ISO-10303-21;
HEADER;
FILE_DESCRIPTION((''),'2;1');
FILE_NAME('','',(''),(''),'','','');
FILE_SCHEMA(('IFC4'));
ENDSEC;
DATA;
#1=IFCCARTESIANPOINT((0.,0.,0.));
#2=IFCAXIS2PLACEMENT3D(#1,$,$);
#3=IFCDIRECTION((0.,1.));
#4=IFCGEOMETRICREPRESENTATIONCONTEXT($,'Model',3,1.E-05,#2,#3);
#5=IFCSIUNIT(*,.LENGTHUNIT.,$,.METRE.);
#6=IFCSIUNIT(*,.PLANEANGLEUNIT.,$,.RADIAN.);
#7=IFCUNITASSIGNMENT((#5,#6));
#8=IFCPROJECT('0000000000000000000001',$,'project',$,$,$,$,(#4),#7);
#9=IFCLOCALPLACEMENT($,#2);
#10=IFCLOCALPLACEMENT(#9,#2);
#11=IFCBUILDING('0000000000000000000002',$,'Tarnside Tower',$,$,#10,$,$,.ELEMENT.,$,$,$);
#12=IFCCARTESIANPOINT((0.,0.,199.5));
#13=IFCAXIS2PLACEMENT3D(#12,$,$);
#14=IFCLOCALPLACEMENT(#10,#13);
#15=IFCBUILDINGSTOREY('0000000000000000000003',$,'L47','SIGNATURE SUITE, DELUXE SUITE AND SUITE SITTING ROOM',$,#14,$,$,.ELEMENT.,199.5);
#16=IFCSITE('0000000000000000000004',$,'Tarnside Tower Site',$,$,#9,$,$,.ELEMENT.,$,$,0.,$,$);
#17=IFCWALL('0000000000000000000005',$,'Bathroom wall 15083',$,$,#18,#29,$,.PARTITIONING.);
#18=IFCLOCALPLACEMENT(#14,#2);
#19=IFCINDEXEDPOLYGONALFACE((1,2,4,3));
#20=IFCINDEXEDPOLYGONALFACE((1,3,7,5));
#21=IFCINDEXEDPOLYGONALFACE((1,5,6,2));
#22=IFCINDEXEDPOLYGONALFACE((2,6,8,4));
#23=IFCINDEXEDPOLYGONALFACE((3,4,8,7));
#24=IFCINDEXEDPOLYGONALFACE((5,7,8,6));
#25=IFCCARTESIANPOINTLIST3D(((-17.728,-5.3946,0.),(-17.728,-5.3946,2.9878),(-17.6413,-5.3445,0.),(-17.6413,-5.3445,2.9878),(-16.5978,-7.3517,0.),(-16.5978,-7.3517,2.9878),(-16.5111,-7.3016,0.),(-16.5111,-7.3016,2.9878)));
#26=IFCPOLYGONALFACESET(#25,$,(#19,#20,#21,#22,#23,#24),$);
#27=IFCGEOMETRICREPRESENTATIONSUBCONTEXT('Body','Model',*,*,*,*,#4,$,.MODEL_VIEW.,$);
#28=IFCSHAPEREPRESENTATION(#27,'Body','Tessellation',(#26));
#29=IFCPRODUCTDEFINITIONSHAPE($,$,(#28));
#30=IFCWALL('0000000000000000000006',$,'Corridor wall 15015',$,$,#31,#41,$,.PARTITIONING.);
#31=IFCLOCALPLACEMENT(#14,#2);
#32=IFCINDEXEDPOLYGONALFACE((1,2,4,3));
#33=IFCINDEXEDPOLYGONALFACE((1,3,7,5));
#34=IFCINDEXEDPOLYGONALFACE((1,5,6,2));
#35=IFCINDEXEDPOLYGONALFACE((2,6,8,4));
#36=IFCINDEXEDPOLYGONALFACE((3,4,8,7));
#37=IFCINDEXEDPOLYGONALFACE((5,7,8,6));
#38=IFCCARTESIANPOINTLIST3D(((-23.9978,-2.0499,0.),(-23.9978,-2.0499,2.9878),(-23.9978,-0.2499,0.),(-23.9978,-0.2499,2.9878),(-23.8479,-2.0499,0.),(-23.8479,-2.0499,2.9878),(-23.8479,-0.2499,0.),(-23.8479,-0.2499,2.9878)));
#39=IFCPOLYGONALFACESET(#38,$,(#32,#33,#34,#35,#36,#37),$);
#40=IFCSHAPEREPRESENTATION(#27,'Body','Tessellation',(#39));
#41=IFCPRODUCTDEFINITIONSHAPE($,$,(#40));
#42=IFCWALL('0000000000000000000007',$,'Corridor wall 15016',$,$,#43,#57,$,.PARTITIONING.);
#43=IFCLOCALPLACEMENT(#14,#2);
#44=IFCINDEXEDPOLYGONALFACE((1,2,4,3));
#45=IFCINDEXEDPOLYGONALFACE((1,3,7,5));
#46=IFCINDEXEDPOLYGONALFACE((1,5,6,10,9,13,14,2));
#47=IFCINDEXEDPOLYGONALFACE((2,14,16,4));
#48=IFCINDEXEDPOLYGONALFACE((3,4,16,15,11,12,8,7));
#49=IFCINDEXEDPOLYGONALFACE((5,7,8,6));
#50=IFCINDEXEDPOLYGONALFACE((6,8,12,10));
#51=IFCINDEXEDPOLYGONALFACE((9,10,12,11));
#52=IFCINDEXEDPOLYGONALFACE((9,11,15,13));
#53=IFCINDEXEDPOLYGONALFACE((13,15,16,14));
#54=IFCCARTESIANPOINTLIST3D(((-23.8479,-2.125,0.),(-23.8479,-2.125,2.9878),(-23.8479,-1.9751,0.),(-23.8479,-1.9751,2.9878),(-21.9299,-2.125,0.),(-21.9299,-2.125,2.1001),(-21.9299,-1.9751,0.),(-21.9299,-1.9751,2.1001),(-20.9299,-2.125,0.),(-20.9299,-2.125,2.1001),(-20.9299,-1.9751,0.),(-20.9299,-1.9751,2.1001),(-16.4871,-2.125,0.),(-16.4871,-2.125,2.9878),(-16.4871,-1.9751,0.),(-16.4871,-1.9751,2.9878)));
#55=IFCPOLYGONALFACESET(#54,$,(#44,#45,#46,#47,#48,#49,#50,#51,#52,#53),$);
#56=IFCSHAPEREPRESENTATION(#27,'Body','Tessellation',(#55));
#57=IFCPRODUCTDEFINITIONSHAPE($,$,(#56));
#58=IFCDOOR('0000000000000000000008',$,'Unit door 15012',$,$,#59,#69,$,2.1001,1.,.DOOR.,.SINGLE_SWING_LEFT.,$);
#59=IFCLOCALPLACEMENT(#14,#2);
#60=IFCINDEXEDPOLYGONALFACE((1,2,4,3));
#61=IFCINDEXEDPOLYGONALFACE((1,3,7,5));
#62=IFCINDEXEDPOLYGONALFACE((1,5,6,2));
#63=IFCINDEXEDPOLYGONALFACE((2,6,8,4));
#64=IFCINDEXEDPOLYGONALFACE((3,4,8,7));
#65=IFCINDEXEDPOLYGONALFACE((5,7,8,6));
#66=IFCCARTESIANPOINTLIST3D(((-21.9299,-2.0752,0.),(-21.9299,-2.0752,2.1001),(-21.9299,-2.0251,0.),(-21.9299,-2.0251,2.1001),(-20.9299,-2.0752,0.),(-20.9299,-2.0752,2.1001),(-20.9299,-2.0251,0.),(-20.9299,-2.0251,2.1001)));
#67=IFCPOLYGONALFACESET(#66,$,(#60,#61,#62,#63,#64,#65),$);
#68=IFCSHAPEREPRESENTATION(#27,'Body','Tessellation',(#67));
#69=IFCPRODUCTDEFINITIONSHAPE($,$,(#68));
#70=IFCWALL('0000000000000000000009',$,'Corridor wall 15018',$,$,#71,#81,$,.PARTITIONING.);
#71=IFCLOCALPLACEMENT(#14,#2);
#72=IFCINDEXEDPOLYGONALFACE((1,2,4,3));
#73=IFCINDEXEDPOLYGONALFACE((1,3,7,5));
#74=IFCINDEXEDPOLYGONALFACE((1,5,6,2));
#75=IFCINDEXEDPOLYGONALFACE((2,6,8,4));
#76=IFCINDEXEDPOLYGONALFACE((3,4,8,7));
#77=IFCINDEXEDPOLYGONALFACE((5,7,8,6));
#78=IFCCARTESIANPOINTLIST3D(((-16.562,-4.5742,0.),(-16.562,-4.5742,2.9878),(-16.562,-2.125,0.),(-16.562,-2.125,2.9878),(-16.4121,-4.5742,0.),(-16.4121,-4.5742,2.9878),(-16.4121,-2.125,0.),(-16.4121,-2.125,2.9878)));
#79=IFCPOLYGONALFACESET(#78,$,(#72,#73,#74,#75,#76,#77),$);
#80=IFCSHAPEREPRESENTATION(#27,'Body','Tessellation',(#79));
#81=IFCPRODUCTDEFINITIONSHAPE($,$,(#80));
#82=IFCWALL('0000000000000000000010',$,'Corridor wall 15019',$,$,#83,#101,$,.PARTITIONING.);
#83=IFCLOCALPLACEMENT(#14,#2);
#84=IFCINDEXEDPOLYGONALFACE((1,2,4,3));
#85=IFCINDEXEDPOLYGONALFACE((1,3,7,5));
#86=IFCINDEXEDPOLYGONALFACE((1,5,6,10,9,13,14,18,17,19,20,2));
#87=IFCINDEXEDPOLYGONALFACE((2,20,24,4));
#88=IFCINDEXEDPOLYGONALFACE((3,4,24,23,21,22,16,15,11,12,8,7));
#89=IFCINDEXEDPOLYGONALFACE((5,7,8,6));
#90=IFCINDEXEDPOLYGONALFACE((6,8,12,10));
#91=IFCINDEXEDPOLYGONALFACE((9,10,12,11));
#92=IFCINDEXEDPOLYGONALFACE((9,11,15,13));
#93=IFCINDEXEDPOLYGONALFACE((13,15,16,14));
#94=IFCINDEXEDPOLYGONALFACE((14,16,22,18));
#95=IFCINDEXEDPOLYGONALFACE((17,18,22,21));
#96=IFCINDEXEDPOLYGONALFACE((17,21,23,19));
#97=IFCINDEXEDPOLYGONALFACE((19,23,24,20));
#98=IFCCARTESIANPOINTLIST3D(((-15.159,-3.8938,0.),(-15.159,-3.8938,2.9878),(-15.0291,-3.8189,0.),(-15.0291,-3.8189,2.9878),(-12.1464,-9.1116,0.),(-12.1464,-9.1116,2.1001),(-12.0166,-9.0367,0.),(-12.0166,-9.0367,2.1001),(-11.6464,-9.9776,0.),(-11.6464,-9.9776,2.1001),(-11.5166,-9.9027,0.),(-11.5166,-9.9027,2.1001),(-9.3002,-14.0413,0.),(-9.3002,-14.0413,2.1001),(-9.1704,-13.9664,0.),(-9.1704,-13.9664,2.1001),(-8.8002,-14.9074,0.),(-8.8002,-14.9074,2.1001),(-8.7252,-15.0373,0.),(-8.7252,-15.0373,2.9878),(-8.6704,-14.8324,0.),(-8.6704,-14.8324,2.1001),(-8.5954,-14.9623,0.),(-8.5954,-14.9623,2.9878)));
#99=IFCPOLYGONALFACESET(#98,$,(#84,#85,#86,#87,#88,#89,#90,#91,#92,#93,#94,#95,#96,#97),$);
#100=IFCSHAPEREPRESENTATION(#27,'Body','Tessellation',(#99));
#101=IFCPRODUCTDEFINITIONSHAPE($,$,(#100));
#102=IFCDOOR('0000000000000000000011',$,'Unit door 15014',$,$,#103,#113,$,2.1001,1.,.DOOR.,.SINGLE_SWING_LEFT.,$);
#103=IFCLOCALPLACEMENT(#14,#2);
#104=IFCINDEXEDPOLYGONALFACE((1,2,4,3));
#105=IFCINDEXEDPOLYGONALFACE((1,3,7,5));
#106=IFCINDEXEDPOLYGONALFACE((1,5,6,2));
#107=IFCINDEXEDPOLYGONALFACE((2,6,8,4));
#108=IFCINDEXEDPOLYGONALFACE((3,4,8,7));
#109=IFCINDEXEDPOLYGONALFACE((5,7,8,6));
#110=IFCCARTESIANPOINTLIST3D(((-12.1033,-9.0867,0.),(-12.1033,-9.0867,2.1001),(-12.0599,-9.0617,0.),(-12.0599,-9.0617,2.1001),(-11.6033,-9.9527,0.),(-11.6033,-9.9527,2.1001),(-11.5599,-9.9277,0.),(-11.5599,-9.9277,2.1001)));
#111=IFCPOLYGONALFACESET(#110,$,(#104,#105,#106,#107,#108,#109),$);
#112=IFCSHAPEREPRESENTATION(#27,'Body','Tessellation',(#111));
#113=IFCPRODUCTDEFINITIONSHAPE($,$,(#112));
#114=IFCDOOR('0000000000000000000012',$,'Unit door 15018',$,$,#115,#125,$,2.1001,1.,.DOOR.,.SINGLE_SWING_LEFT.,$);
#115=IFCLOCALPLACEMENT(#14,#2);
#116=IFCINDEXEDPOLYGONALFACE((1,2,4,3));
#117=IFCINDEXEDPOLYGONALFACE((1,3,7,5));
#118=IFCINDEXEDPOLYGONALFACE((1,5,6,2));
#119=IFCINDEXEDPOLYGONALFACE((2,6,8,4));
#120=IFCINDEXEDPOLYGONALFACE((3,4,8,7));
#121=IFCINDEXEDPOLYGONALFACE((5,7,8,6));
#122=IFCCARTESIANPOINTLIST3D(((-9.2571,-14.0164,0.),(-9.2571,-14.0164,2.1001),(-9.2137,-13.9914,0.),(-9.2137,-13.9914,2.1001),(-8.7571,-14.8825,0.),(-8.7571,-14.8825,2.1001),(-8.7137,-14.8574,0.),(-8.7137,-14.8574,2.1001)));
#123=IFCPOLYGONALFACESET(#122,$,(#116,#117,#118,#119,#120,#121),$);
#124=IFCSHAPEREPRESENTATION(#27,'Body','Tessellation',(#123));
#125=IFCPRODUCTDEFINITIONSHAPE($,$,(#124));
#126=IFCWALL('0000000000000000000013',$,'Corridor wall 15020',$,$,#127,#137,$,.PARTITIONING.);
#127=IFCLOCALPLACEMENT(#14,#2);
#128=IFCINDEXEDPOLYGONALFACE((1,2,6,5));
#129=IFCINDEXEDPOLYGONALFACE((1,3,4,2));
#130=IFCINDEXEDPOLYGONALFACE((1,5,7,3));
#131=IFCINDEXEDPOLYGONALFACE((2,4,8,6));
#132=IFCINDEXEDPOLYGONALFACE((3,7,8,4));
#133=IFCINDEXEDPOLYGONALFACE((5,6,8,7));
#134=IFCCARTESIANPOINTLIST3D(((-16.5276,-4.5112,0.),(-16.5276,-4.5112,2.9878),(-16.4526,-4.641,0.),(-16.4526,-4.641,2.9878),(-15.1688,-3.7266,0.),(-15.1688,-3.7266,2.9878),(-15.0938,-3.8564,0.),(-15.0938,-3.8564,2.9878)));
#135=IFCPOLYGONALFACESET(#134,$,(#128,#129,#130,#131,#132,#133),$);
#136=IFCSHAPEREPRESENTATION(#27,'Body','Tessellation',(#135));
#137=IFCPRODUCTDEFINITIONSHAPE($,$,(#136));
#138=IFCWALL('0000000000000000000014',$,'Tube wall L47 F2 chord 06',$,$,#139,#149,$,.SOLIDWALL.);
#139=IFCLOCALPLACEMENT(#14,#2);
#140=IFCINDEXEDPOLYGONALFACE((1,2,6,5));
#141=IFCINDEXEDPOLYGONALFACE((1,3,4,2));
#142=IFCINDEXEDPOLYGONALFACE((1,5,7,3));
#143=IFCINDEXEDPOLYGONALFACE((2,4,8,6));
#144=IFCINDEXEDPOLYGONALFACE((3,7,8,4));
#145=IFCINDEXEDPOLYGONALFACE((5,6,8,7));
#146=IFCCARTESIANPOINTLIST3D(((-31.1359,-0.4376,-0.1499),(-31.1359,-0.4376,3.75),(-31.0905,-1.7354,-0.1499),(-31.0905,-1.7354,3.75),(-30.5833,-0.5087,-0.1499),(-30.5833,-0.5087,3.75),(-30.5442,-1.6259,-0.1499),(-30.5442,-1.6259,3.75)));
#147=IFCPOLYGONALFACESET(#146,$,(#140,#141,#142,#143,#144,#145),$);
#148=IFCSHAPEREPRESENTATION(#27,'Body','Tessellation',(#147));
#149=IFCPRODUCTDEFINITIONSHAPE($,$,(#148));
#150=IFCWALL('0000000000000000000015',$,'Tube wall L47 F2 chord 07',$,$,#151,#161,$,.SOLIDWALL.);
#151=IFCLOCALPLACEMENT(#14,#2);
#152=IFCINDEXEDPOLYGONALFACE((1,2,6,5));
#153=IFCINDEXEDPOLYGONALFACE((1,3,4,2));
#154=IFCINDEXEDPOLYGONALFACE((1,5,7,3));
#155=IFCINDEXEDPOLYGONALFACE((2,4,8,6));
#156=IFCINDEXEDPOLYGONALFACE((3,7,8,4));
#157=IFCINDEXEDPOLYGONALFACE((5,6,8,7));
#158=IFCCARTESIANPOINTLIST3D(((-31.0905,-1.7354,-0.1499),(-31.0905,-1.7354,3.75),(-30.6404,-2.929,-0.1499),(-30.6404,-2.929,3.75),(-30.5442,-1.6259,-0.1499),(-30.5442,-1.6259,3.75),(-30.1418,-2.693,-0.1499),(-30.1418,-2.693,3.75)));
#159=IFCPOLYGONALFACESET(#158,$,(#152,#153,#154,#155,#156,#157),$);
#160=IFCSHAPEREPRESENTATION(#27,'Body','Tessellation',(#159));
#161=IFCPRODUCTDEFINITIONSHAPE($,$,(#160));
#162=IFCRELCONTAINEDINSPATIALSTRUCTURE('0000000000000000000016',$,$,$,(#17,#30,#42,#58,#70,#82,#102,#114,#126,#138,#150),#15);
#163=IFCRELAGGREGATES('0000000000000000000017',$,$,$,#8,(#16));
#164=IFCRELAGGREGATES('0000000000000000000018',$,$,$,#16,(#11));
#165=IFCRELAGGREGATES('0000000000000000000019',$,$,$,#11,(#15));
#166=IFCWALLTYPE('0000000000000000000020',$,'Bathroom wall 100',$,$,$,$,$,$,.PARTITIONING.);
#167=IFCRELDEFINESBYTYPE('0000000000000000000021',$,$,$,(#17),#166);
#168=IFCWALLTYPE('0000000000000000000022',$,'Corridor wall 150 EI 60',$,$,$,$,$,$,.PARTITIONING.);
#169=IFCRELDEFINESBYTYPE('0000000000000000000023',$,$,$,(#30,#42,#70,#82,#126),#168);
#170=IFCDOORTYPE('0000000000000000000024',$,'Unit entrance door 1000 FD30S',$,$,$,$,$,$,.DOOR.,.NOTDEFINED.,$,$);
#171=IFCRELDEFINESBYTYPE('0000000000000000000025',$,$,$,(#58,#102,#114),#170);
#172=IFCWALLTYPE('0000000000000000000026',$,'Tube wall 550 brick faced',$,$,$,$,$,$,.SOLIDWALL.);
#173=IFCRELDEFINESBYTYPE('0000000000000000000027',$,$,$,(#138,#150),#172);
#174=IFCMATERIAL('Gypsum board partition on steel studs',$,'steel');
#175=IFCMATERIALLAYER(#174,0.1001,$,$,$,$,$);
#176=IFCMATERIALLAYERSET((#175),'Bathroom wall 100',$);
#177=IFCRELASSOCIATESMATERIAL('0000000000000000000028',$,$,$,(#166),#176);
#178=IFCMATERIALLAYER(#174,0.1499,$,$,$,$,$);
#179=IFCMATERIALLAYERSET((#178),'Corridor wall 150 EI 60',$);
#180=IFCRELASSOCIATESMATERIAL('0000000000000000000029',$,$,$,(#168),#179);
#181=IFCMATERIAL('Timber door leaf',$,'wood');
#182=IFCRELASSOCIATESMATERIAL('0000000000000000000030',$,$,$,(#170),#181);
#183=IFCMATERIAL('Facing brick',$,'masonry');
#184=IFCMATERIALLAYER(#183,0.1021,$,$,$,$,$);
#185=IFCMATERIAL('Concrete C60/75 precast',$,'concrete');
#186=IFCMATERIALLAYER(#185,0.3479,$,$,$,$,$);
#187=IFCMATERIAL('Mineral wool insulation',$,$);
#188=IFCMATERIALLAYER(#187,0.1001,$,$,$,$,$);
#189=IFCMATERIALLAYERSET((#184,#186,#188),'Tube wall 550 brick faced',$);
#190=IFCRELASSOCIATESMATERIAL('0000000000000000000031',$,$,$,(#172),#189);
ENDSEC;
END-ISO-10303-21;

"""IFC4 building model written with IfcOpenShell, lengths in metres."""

from ifc_helpers import new_model, si_unit, direction, frame, frame_2d, origin, place, context, subcontext, project, spatial, polyline, rectangle, outline, extrude, material, layer, layer_set, type_object, element, fill, save


model = new_model("IFC4")

# Units and contexts
model_context = context("Model", 3, precision=1e-05, world=origin(), true_north=direction((0.0, 1.0)))
body_context = subcontext(model_context, "Body", "Model", "MODEL_VIEW")
ifc_project = project(units=[si_unit("LENGTHUNIT", "METRE"), si_unit("PLANEANGLEUNIT", "RADIAN")], contexts=[model_context])

# Site, building, storey
site_placement = place(None, origin())
site = spatial("IfcSite", under=ifc_project, at=site_placement, Name="Tarnside Tower Site", CompositionType="ELEMENT", RefElevation=0.0)
building_placement = place(site_placement, origin())
building = spatial("IfcBuilding", under=site, at=building_placement, Name="Tarnside Tower", CompositionType="ELEMENT")
storey_placement = place(building_placement, frame((0.0, 0.0, 199.5)))
storey = spatial("IfcBuildingStorey", under=building, at=storey_placement, Name="L47", Description="SIGNATURE SUITE, DELUXE SUITE AND SUITE SITTING ROOM", CompositionType="ELEMENT", Elevation=199.5)

# Shared definitions
ifc_material_1 = material(Name="Gypsum board partition on steel studs", Category="steel")
ifc_layer_1 = layer(ifc_material_1, 0.1001)
ifc_layer_set_1 = layer_set([ifc_layer_1], Name="Bathroom wall 100")
wall_type_1 = type_object("IfcWallType", Name="Bathroom wall 100", PredefinedType="PARTITIONING", material=ifc_layer_set_1)

# Shared definitions
ifc_material_2 = material(Name="Timber door leaf", Category="wood")

# Walls
wall_1_placement = place(storey_placement, frame((-17.6846, -5.3696, 0.0), z_axis=(0.0, 0.0, 1.0), x_axis=(0.500078, -0.86598, 0.0)))
element("IfcWall", 1, at=wall_1_placement, inside=storey, type_object=wall_type_1, Name="Bathroom wall 15083", PredefinedType="PARTITIONING", context=body_context, shape_type="SweptSolid", body=[
    extrude(rectangle(XDim=2.26, YDim=0.1001, at=frame_2d((1.1299, 0.0))), origin(), (0.0, 0.0, 1.0), 2.9878),
])
ifc_layer_2 = layer(ifc_material_1, 0.1499)
ifc_layer_set_2 = layer_set([ifc_layer_2], Name="Corridor wall 150 EI 60")
wall_type_2 = type_object("IfcWallType", Name="Corridor wall 150 EI 60", PredefinedType="PARTITIONING", material=ifc_layer_set_2)
wall_2_placement = place(storey_placement, frame((-23.9229, -0.25, 0.0), z_axis=(0.0, 0.0, 1.0), x_axis=(0.0, -1.0, 0.0)))
element("IfcWall", 2, at=wall_2_placement, inside=storey, type_object=wall_type_2, Name="Corridor wall 15015", PredefinedType="PARTITIONING", context=body_context, shape_type="SweptSolid", body=[
    extrude(rectangle(XDim=1.8, YDim=0.1499, at=frame_2d((0.8999, 0.0))), origin(), (0.0, 0.0, 1.0), 2.9878),
])

# Wall, opening, door
wall_3_placement = place(storey_placement, frame((-23.8479, -2.05, 0.0), z_axis=(0.0, 0.0, 1.0), x_axis=(1.0, 0.0, 0.0)))
wall_3 = element("IfcWall", 3, at=wall_3_placement, inside=storey, type_object=wall_type_2, Name="Corridor wall 15016", PredefinedType="PARTITIONING", context=body_context, shape_type="SweptSolid", body=[
    extrude(rectangle(XDim=7.3608, YDim=0.1499, at=frame_2d((3.6804, 0.0))), origin(), (0.0, 0.0, 1.0), 2.9878),
])
opening_1_placement = place(wall_3_placement, frame((1.918, 0.0, 0.0)))
opening_1 = element("IfcOpeningElement", 4, at=opening_1_placement, cuts=wall_3, PredefinedType="OPENING", context=body_context, shape_type="SweptSolid", body=[
    extrude(rectangle(XDim=1.0, YDim=2.1001, at=frame_2d((0.5, 1.05))), frame((0.0, 0.085, 0.0), z_axis=(0.0, -1.0, 0.0), x_axis=(1.0, 0.0, 0.0)), (0.0, 0.0, 1.0), 0.1699),
])
door_type_1 = type_object("IfcDoorType", Name="Unit entrance door 1000 FD30S", OperationType="NOTDEFINED", PredefinedType="DOOR", material=ifc_material_2)
door_1_placement = place(opening_1_placement, origin())
door_1 = element("IfcDoor", 5, at=door_1_placement, inside=storey, type_object=door_type_1, Name="Unit door 15012", OperationType="SINGLE_SWING_LEFT", OverallHeight=2.1001, OverallWidth=1.0, PredefinedType="DOOR", context=body_context, shape_type="SweptSolid", body=[
    extrude(rectangle(XDim=1.0, YDim=2.1001, at=frame_2d((0.5, 1.05))), frame((0.0, 0.0249, 0.0), z_axis=(0.0, -1.0, 0.0), x_axis=(1.0, 0.0, 0.0)), (0.0, 0.0, 1.0), 0.05),
])
fill(opening_1, door_1)

# Wall
wall_4_placement = place(storey_placement, frame((-16.4871, -2.125, 0.0), z_axis=(0.0, 0.0, 1.0), x_axis=(0.0, -1.0, 0.0)))
element("IfcWall", 6, at=wall_4_placement, inside=storey, type_object=wall_type_2, Name="Corridor wall 15018", PredefinedType="PARTITIONING", context=body_context, shape_type="SweptSolid", body=[
    extrude(rectangle(XDim=2.4492, YDim=0.1499, at=frame_2d((1.2246, 0.0))), origin(), (0.0, 0.0, 1.0), 2.9878),
])

# Wall, openings, doors
wall_5_placement = place(storey_placement, frame((-15.094, -3.8564, 0.0), z_axis=(0.0, 0.0, 1.0), x_axis=(0.500006, -0.866022, 0.0)))
wall_5 = element("IfcWall", 7, at=wall_5_placement, inside=storey, type_object=wall_type_2, Name="Corridor wall 15019", PredefinedType="PARTITIONING", context=body_context, shape_type="SweptSolid", body=[
    extrude(rectangle(XDim=12.8674, YDim=0.1499, at=frame_2d((6.4336, 0.0))), origin(), (0.0, 0.0, 1.0), 2.9878),
])
opening_2_placement = place(wall_5_placement, frame((6.0249, 0.0, 0.0)))
opening_2 = element("IfcOpeningElement", 8, at=opening_2_placement, cuts=wall_5, PredefinedType="OPENING", context=body_context, shape_type="SweptSolid", body=[
    extrude(rectangle(XDim=1.0, YDim=2.1001, at=frame_2d((0.5, 1.05))), frame((0.0, 0.085, 0.0), z_axis=(0.0, -1.0, 0.0), x_axis=(1.0, 0.0, 0.0)), (0.0, 0.0, 1.0), 0.1699),
])
opening_3_placement = place(wall_5_placement, frame((11.7173, 0.0, 0.0)))
opening_3 = element("IfcOpeningElement", 9, at=opening_3_placement, cuts=wall_5, PredefinedType="OPENING", context=body_context, shape_type="SweptSolid", body=[
    extrude(rectangle(XDim=1.0, YDim=2.1001, at=frame_2d((0.5, 1.05))), frame((0.0, 0.085, 0.0), z_axis=(0.0, -1.0, 0.0), x_axis=(1.0, 0.0, 0.0)), (0.0, 0.0, 1.0), 0.1699),
])
door_2_placement = place(opening_2_placement, origin())
door_2 = element("IfcDoor", 10, at=door_2_placement, inside=storey, type_object=door_type_1, Name="Unit door 15014", OperationType="SINGLE_SWING_LEFT", OverallHeight=2.1001, OverallWidth=1.0, PredefinedType="DOOR", context=body_context, shape_type="SweptSolid", body=[
    extrude(rectangle(XDim=1.0, YDim=2.1001, at=frame_2d((0.5, 1.05))), frame((0.0, 0.0249, 0.0), z_axis=(0.0, -1.0, 0.0), x_axis=(1.0, 0.0, 0.0)), (0.0, 0.0, 1.0), 0.05),
])
fill(opening_2, door_2)
door_3_placement = place(opening_3_placement, origin())
door_3 = element("IfcDoor", 11, at=door_3_placement, inside=storey, type_object=door_type_1, Name="Unit door 15018", OperationType="SINGLE_SWING_LEFT", OverallHeight=2.1001, OverallWidth=1.0, PredefinedType="DOOR", context=body_context, shape_type="SweptSolid", body=[
    extrude(rectangle(XDim=1.0, YDim=2.1001, at=frame_2d((0.5, 1.05))), frame((0.0, 0.0249, 0.0), z_axis=(0.0, -1.0, 0.0), x_axis=(1.0, 0.0, 0.0)), (0.0, 0.0, 1.0), 0.05),
])
fill(opening_3, door_3)

# Walls
wall_6_placement = place(storey_placement, frame((-16.4902, -4.5762, 0.0), z_axis=(0.0, 0.0, 1.0), x_axis=(0.865994, 0.500055, 0.0)))
element("IfcWall", 12, at=wall_6_placement, inside=storey, type_object=wall_type_2, Name="Corridor wall 15020", PredefinedType="PARTITIONING", context=body_context, shape_type="SweptSolid", body=[
    extrude(rectangle(XDim=1.5691, YDim=0.1499, at=frame_2d((0.7847, 0.0))), origin(), (0.0, 0.0, 1.0), 2.9878),
])
ifc_material_3 = material(Name="Facing brick", Category="masonry")
ifc_layer_3 = layer(ifc_material_3, 0.1021)
ifc_material_4 = material(Name="Concrete C60/75 precast", Category="concrete")
ifc_layer_4 = layer(ifc_material_4, 0.3479)
ifc_material_5 = material(Name="Mineral wool insulation")
ifc_layer_5 = layer(ifc_material_5, 0.1001)
ifc_layer_set_3 = layer_set([ifc_layer_3, ifc_layer_4, ifc_layer_5], Name="Tube wall 550 brick faced")
wall_type_3 = type_object("IfcWallType", Name="Tube wall 550 brick faced", PredefinedType="SOLIDWALL", material=ifc_layer_set_3)
wall_7_placement = place(storey_placement, frame((-30.8596, -0.4731, -0.1499), z_axis=(0.0, 0.0, 1.0), x_axis=(0.034956, -0.999389, 0.0)))
element("IfcWall", 13, at=wall_7_placement, inside=storey, type_object=wall_type_3, Name="Tube wall L47 F2 chord 06", PredefinedType="SOLIDWALL", context=body_context, shape_type="SweptSolid", body=[
    extrude(outline(polyline([(-0.0452, -0.2749), (1.2534, -0.2749), (1.1631, 0.2749), (0.0452, 0.2749), (-0.0452, -0.2749)])), origin(), (0.0, 0.0, 1.0), 3.8999),
])
wall_8_placement = place(storey_placement, frame((-30.8174, -1.6807, -0.1499), z_axis=(0.0, 0.0, 1.0), x_axis=(0.35285, -0.93568, 0.0)))
element("IfcWall", 14, at=wall_8_placement, inside=storey, type_object=wall_type_3, Name="Tube wall L47 F2 chord 07", PredefinedType="SOLIDWALL", context=body_context, shape_type="SweptSolid", body=[
    extrude(outline(polyline([(-0.0452, -0.2749), (1.2305, -0.2749), (1.1855, 0.2749), (0.0452, 0.2749), (-0.0452, -0.2749)])), origin(), (0.0, 0.0, 1.0), 3.8999),
])

save(model, "model.ifc")
